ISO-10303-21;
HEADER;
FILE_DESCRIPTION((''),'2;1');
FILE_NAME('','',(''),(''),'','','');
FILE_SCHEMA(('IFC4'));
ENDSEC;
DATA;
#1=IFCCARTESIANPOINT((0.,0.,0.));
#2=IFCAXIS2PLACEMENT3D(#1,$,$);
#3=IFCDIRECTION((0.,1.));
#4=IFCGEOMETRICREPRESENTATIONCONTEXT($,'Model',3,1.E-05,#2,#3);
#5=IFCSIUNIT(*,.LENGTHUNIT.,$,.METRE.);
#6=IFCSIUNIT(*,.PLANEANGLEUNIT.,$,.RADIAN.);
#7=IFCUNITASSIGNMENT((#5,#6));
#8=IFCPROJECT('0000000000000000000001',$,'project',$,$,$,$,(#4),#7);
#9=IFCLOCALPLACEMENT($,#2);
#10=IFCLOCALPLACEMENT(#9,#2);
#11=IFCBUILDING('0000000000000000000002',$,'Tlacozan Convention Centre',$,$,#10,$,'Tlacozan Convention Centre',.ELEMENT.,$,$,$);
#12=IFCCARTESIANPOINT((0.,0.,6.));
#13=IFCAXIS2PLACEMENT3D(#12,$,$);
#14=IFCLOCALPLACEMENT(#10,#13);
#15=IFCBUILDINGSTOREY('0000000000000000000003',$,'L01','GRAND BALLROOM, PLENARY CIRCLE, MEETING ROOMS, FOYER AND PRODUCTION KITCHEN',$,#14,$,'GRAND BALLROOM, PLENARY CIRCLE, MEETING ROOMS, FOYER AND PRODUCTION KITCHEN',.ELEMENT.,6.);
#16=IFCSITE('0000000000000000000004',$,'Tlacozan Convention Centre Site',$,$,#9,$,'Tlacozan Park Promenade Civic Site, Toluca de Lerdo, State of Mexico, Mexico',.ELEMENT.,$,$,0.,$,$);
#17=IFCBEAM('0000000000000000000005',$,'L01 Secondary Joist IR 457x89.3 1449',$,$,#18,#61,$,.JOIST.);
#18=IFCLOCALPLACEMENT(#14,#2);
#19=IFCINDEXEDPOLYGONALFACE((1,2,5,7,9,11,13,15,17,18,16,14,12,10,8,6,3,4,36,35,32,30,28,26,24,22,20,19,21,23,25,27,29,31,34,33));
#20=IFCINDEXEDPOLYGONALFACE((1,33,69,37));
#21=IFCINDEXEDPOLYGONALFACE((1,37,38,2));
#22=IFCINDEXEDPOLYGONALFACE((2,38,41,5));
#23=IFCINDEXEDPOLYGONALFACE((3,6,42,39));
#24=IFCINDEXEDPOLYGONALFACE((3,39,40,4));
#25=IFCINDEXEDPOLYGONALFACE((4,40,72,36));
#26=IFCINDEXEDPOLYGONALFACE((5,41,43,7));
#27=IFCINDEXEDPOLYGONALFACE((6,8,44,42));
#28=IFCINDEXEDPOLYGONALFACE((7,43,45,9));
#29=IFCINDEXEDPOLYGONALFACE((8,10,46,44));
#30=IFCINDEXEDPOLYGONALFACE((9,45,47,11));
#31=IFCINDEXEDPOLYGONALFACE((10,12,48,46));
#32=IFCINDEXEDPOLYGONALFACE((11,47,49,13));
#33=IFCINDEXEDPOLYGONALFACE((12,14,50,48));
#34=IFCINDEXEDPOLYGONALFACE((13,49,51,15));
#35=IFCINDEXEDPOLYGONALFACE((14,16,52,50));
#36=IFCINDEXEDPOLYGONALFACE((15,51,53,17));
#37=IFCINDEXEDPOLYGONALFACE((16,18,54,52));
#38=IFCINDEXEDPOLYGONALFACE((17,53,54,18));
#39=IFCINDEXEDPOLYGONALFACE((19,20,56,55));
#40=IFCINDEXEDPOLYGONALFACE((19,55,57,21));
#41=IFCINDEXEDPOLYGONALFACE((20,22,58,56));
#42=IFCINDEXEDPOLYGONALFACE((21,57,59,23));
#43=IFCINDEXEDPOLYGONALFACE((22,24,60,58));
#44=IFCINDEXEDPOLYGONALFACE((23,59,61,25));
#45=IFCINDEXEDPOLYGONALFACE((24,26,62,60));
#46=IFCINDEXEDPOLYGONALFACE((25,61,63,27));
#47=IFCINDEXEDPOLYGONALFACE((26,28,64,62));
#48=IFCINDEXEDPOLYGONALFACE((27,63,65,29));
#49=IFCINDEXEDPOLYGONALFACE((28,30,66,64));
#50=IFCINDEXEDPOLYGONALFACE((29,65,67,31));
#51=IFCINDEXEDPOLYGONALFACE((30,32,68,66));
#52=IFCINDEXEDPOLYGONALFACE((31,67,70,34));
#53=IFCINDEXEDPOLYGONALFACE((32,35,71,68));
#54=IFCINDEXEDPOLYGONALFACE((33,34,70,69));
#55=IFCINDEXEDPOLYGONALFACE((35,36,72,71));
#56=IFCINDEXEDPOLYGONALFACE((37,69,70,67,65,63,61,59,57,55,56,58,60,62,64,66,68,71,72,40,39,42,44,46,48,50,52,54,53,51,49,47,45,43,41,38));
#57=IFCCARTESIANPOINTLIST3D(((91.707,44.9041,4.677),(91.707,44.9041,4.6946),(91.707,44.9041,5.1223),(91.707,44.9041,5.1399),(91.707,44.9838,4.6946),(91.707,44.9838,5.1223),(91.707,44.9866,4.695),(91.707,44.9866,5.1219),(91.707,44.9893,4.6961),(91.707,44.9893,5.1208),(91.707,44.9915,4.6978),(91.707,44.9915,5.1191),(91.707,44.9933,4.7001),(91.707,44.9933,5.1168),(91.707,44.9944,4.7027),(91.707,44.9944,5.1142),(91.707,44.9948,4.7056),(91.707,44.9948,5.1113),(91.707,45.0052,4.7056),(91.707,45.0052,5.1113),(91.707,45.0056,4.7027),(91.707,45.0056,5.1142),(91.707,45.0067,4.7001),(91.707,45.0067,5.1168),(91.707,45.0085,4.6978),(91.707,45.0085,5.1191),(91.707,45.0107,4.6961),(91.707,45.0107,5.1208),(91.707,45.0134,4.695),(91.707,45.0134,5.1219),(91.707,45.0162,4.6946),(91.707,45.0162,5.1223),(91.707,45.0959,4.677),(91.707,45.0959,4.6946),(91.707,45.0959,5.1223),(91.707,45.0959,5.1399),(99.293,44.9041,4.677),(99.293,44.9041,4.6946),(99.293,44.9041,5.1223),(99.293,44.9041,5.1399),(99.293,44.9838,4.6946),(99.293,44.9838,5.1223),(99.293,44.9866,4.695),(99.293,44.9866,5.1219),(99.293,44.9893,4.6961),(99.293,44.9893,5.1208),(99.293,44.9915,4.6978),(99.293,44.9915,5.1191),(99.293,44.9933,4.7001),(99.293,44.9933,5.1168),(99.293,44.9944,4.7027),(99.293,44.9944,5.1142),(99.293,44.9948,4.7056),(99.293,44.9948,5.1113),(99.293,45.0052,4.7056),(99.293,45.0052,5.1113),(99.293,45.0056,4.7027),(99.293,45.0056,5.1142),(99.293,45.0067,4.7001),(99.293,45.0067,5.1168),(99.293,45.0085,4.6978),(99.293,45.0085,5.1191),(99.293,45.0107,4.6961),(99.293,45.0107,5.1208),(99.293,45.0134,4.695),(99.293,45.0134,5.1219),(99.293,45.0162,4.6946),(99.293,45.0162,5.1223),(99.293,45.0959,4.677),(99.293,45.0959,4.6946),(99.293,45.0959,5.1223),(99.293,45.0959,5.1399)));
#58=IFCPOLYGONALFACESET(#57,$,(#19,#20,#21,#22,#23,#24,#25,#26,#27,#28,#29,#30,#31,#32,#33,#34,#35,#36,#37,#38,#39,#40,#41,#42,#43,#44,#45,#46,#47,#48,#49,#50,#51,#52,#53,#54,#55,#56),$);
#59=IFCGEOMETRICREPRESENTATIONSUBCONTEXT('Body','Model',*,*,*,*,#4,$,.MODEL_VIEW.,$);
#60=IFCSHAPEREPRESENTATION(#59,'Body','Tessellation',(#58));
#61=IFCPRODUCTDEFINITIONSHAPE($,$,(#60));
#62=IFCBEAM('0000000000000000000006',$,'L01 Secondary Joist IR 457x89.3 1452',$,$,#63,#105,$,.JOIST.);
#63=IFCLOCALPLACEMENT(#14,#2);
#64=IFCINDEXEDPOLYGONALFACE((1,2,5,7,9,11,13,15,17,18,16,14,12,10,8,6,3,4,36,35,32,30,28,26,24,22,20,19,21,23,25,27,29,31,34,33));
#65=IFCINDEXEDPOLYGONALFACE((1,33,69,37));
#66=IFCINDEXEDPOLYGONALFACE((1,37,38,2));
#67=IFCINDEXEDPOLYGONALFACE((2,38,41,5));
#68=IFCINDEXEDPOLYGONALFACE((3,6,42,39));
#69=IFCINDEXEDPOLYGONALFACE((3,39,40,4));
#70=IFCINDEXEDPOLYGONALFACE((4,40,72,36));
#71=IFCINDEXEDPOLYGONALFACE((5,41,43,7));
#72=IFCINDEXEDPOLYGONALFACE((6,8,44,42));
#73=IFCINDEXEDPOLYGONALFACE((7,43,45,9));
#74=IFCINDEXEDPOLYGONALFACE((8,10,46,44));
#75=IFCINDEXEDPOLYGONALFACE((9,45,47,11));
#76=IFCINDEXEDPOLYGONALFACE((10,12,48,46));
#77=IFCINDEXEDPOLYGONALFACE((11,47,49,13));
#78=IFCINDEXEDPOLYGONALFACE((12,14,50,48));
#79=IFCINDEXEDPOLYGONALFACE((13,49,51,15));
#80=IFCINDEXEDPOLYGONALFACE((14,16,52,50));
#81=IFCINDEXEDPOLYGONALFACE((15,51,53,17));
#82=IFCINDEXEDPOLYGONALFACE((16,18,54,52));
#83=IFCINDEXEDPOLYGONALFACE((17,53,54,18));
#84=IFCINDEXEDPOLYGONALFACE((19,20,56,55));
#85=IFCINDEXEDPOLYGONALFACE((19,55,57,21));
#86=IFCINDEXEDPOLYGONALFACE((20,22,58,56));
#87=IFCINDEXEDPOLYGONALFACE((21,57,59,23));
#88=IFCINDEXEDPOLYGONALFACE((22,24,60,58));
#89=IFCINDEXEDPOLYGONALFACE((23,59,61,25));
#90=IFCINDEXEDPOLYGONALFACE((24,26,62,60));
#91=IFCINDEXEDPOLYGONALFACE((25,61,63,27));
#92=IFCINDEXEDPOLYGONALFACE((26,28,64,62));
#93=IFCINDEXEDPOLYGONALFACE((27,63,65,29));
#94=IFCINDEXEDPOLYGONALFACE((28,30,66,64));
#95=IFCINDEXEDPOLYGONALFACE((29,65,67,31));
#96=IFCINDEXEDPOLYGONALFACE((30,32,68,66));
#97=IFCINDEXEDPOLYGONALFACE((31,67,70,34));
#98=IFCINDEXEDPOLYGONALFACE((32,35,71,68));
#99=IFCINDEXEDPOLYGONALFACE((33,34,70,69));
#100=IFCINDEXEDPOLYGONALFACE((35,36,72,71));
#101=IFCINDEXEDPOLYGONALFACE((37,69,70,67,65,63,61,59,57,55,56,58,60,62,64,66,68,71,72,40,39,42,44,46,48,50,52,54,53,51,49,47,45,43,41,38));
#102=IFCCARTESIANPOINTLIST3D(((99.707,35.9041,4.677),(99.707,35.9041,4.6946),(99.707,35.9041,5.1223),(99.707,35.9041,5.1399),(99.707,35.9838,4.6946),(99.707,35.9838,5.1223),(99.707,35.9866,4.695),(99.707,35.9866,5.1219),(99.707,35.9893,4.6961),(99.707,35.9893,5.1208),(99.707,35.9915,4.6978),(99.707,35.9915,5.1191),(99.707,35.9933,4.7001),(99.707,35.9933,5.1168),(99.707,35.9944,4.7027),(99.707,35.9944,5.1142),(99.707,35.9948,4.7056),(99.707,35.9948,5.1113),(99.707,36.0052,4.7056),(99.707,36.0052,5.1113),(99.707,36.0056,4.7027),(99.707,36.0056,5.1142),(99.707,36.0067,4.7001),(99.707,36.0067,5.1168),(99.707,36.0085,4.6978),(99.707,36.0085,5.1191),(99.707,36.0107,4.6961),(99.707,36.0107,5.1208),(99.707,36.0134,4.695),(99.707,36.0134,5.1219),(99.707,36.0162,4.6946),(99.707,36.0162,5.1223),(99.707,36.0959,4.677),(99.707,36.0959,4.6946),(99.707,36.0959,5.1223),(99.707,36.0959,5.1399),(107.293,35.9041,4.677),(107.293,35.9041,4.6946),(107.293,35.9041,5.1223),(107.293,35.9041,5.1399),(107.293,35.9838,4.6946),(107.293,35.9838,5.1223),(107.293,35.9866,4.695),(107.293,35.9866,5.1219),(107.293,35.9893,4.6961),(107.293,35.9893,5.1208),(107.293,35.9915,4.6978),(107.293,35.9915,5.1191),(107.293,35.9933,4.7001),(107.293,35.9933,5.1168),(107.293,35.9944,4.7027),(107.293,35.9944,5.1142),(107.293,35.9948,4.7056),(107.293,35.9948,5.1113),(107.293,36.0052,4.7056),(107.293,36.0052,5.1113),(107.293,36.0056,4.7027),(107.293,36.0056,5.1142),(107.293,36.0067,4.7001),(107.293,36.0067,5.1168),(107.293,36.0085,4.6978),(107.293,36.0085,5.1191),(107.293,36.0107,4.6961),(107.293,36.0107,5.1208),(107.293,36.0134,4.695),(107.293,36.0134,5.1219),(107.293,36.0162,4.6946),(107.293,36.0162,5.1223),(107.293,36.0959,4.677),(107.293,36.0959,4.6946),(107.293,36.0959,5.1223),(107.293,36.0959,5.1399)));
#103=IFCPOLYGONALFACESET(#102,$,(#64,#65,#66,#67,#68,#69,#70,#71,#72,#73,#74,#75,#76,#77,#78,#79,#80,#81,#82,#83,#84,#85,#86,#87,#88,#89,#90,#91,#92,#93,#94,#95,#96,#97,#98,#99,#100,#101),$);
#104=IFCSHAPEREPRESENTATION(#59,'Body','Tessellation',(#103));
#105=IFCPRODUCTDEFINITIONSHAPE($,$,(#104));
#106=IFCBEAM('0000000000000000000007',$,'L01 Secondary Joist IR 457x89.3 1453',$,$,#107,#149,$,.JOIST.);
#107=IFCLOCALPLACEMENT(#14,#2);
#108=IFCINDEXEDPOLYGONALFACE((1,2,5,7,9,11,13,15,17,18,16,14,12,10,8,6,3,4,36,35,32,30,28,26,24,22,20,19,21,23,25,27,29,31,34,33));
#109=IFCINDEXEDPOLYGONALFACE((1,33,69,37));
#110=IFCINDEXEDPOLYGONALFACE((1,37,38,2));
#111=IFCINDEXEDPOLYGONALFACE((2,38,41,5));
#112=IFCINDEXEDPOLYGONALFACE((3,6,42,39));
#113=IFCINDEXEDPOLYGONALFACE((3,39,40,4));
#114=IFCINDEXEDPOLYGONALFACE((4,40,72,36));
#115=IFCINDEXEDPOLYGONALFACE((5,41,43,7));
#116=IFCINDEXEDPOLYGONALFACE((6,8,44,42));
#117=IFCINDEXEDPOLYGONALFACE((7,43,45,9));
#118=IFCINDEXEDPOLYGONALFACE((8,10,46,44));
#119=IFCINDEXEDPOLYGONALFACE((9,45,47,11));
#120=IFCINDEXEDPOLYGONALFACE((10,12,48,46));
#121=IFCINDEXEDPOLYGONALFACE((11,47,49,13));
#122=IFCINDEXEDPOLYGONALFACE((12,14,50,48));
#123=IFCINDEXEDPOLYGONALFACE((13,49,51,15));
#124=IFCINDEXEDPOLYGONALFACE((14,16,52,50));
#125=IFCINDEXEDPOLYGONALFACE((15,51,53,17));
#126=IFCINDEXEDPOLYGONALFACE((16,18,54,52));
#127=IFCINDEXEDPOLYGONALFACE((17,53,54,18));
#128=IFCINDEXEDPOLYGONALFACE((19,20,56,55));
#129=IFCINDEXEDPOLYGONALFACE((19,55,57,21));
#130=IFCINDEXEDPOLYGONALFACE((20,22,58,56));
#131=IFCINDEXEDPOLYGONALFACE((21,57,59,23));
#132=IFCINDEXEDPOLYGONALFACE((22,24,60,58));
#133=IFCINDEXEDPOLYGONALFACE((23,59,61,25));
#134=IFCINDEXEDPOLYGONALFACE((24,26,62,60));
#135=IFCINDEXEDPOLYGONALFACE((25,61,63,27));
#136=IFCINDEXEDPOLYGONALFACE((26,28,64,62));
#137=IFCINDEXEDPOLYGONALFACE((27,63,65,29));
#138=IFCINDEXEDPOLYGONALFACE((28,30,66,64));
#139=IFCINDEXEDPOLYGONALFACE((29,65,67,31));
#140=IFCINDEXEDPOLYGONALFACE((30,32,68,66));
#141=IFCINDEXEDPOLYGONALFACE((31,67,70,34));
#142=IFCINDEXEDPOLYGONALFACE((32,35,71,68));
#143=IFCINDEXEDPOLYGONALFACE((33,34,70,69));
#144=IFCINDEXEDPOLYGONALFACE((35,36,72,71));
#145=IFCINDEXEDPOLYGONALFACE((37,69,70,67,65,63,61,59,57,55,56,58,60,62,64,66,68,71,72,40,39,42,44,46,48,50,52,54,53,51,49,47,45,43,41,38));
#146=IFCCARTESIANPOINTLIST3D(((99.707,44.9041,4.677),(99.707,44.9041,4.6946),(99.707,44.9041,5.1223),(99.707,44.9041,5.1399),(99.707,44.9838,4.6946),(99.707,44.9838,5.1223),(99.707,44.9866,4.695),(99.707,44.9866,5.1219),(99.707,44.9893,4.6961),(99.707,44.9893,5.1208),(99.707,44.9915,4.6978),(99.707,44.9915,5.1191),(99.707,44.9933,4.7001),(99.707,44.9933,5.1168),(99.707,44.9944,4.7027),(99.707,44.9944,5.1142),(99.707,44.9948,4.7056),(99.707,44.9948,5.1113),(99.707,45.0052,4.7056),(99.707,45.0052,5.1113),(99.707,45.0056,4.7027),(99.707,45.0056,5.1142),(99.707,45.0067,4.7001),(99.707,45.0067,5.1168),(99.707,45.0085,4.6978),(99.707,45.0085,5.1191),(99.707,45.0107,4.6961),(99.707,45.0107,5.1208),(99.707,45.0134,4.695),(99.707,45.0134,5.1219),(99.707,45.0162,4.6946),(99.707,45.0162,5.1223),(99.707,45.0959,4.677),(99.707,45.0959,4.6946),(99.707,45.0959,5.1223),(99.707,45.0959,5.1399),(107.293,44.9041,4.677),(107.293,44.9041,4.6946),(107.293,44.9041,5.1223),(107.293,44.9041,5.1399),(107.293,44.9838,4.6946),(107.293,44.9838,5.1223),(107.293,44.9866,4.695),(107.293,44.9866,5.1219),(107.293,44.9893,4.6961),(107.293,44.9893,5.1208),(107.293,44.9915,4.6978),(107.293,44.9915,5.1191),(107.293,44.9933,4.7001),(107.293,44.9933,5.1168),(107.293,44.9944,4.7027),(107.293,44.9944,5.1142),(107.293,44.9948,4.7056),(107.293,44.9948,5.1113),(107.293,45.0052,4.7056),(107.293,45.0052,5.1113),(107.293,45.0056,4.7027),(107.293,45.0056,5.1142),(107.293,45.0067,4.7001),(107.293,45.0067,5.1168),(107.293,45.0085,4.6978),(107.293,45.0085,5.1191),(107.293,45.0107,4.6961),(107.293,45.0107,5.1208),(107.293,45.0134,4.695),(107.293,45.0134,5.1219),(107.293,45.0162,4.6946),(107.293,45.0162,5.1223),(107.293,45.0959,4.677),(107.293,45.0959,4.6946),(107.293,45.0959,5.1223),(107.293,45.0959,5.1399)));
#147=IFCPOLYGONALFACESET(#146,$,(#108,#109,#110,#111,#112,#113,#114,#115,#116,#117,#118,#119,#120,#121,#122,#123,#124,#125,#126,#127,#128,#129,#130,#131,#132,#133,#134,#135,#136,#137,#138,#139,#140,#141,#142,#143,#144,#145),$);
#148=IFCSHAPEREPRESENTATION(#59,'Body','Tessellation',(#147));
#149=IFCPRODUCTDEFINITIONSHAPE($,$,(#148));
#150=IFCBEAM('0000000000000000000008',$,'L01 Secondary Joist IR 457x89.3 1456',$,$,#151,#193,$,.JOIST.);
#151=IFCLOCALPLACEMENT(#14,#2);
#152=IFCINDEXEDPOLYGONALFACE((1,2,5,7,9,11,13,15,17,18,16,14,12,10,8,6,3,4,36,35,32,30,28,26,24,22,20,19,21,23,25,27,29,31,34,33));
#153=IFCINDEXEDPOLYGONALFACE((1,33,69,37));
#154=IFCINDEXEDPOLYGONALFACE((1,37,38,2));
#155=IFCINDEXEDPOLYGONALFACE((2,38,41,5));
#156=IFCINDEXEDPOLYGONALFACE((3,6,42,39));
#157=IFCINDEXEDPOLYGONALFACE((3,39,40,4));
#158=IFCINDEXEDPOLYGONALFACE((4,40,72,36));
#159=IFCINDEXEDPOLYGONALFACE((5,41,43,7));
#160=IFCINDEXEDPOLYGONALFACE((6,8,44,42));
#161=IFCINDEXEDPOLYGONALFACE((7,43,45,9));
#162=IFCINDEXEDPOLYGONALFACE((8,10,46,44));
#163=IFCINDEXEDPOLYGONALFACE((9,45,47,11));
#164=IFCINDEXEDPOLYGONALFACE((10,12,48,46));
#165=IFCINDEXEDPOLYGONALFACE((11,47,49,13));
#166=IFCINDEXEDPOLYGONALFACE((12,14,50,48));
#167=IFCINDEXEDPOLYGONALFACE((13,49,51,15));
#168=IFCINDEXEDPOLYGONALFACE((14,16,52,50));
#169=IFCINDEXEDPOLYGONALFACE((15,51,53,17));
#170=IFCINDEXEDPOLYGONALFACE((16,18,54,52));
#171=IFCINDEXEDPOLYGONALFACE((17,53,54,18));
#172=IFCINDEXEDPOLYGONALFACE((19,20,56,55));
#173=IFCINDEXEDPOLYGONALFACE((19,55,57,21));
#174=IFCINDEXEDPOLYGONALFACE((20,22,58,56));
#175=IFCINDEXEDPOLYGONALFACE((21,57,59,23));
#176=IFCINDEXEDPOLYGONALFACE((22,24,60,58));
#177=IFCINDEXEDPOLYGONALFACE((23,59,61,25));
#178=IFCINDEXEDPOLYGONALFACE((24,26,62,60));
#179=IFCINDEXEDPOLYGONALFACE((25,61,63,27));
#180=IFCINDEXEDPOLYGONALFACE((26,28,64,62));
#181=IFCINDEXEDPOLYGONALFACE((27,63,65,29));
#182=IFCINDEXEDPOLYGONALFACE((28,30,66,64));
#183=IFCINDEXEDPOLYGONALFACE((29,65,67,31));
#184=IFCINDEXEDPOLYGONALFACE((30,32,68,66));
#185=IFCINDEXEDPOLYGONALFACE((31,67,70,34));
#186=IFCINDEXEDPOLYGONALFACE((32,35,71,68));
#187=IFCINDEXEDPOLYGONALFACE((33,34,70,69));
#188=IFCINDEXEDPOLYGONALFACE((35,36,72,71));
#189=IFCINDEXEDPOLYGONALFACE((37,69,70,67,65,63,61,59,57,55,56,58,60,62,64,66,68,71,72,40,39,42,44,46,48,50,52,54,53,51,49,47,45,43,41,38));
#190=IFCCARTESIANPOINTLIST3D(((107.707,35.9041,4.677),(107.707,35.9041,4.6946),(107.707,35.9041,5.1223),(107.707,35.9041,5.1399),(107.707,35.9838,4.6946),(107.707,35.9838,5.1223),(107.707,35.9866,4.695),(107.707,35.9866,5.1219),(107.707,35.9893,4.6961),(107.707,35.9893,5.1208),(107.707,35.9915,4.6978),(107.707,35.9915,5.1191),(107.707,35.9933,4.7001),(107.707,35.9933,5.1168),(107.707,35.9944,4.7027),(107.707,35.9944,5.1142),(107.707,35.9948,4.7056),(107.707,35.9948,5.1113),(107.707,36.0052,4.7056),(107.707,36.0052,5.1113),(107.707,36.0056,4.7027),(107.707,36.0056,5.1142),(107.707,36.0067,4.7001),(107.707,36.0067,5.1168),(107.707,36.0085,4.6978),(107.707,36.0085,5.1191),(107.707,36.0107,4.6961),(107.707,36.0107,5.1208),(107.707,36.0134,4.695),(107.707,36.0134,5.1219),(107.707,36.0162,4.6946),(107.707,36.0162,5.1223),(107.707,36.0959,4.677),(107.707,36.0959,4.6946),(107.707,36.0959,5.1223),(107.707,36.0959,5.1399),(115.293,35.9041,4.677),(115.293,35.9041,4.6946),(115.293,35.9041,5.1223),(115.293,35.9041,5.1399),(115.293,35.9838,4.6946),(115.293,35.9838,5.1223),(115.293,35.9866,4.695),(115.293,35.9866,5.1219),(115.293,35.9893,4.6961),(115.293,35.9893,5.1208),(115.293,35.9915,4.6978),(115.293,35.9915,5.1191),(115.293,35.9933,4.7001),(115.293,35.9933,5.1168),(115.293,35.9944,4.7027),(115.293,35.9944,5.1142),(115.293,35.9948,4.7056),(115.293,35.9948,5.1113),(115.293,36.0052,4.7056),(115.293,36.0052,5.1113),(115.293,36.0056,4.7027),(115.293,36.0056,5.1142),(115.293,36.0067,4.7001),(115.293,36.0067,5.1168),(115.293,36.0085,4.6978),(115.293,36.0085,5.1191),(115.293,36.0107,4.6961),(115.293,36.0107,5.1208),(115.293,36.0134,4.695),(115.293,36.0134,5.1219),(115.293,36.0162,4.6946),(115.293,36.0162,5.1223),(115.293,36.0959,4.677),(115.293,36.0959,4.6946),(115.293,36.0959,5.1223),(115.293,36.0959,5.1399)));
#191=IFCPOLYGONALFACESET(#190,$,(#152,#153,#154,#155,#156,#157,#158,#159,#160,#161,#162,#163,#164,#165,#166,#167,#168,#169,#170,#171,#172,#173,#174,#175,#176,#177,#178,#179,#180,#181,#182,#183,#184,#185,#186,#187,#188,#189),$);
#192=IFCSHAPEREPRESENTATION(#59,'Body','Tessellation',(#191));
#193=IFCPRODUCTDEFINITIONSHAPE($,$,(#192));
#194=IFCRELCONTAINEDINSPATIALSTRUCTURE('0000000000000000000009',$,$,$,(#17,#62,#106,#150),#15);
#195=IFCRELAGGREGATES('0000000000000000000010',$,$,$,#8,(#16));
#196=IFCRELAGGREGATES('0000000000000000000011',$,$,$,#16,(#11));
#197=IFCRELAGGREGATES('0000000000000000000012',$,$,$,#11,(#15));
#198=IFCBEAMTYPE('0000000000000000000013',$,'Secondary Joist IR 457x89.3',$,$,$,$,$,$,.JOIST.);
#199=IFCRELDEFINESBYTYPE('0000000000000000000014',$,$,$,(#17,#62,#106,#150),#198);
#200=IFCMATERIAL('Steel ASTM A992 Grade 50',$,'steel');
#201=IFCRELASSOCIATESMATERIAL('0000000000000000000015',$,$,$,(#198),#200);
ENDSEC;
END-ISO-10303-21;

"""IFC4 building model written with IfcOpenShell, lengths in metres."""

from ifc_helpers import new_model, si_unit, direction, frame, origin, origin_2d, place, context, subcontext, project, spatial, i_section, extrude, material, material_profile, profile_set, type_object, element, save


model = new_model("IFC4")

# Units and contexts
model_context = context("Model", 3, precision=1e-05, world=origin(), true_north=direction((0.0, 1.0)))
body_context = subcontext(model_context, "Body", "Model", "MODEL_VIEW")
ifc_project = project(units=[si_unit("LENGTHUNIT", "METRE"), si_unit("PLANEANGLEUNIT", "RADIAN")], contexts=[model_context])

# Site, building, storey
site_placement = place(None, origin())
site = spatial("IfcSite", under=ifc_project, at=site_placement, Name="Tlacozan Convention Centre Site", LongName="Tlacozan Park Promenade Civic Site, Toluca de Lerdo, State of Mexico, Mexico", CompositionType="ELEMENT", RefElevation=0.0)
building_placement = place(site_placement, origin())
building = spatial("IfcBuilding", under=site, at=building_placement, Name="Tlacozan Convention Centre", LongName="Tlacozan Convention Centre", CompositionType="ELEMENT")
storey_placement = place(building_placement, frame((0.0, 0.0, 6.0)))
storey = spatial("IfcBuildingStorey", under=building, at=storey_placement, Name="L01", Description="GRAND BALLROOM, PLENARY CIRCLE, MEETING ROOMS, FOYER AND PRODUCTION KITCHEN", LongName="GRAND BALLROOM, PLENARY CIRCLE, MEETING ROOMS, FOYER AND PRODUCTION KITCHEN", CompositionType="ELEMENT", Elevation=6.0)

# Beams
ifc_material_1 = material(Name="Steel ASTM A992 Grade 50", Category="steel")
ifc_material_profile_1 = material_profile(ifc_material_1, i_section(OverallWidth=0.1919, OverallDepth=0.4629, WebThickness=0.0105, FlangeThickness=0.0176, FilletRadius=0.011, at=origin_2d()), Name="IR 457x89.3")
ifc_profile_set_1 = profile_set([ifc_material_profile_1], Name="Steel ASTM A992 Grade 50")
beam_type = type_object("IfcBeamType", Name="Secondary Joist IR 457x89.3", PredefinedType="JOIST", material=ifc_profile_set_1)
for number, where, z_axis, x_axis, name in (
    (1, (91.707, 45.0, 4.9084), (1.0, 0.0, 0.0), (0.0, 1.0, 0.0), "L01 Secondary Joist IR 457x89.3 1449"),
    (2, (99.707, 36.0, 4.9084), (1.0, 0.0, 0.0), (0.0, 1.0, 0.0), "L01 Secondary Joist IR 457x89.3 1452"),
    (3, (99.707, 45.0, 4.9084), (1.0, 0.0, 0.0), (0.0, 1.0, 0.0), "L01 Secondary Joist IR 457x89.3 1453"),
    (4, (107.707, 36.0, 4.9084), (1.0, 0.0, 0.0), (0.0, 1.0, 0.0), "L01 Secondary Joist IR 457x89.3 1456"),
):
    element("IfcBeam", number, at=place(storey_placement, frame(where, z_axis=z_axis, x_axis=x_axis)), inside=storey, type_object=beam_type, Name=name, PredefinedType="JOIST", context=body_context, shape_type="SweptSolid", body=[
        extrude(i_section(OverallWidth=0.1919, OverallDepth=0.4629, WebThickness=0.0105, FlangeThickness=0.0176, FilletRadius=0.011, at=origin_2d()), origin(), (0.0, 0.0, 1.0), 7.5859),
    ])

save(model, "model.ifc")
